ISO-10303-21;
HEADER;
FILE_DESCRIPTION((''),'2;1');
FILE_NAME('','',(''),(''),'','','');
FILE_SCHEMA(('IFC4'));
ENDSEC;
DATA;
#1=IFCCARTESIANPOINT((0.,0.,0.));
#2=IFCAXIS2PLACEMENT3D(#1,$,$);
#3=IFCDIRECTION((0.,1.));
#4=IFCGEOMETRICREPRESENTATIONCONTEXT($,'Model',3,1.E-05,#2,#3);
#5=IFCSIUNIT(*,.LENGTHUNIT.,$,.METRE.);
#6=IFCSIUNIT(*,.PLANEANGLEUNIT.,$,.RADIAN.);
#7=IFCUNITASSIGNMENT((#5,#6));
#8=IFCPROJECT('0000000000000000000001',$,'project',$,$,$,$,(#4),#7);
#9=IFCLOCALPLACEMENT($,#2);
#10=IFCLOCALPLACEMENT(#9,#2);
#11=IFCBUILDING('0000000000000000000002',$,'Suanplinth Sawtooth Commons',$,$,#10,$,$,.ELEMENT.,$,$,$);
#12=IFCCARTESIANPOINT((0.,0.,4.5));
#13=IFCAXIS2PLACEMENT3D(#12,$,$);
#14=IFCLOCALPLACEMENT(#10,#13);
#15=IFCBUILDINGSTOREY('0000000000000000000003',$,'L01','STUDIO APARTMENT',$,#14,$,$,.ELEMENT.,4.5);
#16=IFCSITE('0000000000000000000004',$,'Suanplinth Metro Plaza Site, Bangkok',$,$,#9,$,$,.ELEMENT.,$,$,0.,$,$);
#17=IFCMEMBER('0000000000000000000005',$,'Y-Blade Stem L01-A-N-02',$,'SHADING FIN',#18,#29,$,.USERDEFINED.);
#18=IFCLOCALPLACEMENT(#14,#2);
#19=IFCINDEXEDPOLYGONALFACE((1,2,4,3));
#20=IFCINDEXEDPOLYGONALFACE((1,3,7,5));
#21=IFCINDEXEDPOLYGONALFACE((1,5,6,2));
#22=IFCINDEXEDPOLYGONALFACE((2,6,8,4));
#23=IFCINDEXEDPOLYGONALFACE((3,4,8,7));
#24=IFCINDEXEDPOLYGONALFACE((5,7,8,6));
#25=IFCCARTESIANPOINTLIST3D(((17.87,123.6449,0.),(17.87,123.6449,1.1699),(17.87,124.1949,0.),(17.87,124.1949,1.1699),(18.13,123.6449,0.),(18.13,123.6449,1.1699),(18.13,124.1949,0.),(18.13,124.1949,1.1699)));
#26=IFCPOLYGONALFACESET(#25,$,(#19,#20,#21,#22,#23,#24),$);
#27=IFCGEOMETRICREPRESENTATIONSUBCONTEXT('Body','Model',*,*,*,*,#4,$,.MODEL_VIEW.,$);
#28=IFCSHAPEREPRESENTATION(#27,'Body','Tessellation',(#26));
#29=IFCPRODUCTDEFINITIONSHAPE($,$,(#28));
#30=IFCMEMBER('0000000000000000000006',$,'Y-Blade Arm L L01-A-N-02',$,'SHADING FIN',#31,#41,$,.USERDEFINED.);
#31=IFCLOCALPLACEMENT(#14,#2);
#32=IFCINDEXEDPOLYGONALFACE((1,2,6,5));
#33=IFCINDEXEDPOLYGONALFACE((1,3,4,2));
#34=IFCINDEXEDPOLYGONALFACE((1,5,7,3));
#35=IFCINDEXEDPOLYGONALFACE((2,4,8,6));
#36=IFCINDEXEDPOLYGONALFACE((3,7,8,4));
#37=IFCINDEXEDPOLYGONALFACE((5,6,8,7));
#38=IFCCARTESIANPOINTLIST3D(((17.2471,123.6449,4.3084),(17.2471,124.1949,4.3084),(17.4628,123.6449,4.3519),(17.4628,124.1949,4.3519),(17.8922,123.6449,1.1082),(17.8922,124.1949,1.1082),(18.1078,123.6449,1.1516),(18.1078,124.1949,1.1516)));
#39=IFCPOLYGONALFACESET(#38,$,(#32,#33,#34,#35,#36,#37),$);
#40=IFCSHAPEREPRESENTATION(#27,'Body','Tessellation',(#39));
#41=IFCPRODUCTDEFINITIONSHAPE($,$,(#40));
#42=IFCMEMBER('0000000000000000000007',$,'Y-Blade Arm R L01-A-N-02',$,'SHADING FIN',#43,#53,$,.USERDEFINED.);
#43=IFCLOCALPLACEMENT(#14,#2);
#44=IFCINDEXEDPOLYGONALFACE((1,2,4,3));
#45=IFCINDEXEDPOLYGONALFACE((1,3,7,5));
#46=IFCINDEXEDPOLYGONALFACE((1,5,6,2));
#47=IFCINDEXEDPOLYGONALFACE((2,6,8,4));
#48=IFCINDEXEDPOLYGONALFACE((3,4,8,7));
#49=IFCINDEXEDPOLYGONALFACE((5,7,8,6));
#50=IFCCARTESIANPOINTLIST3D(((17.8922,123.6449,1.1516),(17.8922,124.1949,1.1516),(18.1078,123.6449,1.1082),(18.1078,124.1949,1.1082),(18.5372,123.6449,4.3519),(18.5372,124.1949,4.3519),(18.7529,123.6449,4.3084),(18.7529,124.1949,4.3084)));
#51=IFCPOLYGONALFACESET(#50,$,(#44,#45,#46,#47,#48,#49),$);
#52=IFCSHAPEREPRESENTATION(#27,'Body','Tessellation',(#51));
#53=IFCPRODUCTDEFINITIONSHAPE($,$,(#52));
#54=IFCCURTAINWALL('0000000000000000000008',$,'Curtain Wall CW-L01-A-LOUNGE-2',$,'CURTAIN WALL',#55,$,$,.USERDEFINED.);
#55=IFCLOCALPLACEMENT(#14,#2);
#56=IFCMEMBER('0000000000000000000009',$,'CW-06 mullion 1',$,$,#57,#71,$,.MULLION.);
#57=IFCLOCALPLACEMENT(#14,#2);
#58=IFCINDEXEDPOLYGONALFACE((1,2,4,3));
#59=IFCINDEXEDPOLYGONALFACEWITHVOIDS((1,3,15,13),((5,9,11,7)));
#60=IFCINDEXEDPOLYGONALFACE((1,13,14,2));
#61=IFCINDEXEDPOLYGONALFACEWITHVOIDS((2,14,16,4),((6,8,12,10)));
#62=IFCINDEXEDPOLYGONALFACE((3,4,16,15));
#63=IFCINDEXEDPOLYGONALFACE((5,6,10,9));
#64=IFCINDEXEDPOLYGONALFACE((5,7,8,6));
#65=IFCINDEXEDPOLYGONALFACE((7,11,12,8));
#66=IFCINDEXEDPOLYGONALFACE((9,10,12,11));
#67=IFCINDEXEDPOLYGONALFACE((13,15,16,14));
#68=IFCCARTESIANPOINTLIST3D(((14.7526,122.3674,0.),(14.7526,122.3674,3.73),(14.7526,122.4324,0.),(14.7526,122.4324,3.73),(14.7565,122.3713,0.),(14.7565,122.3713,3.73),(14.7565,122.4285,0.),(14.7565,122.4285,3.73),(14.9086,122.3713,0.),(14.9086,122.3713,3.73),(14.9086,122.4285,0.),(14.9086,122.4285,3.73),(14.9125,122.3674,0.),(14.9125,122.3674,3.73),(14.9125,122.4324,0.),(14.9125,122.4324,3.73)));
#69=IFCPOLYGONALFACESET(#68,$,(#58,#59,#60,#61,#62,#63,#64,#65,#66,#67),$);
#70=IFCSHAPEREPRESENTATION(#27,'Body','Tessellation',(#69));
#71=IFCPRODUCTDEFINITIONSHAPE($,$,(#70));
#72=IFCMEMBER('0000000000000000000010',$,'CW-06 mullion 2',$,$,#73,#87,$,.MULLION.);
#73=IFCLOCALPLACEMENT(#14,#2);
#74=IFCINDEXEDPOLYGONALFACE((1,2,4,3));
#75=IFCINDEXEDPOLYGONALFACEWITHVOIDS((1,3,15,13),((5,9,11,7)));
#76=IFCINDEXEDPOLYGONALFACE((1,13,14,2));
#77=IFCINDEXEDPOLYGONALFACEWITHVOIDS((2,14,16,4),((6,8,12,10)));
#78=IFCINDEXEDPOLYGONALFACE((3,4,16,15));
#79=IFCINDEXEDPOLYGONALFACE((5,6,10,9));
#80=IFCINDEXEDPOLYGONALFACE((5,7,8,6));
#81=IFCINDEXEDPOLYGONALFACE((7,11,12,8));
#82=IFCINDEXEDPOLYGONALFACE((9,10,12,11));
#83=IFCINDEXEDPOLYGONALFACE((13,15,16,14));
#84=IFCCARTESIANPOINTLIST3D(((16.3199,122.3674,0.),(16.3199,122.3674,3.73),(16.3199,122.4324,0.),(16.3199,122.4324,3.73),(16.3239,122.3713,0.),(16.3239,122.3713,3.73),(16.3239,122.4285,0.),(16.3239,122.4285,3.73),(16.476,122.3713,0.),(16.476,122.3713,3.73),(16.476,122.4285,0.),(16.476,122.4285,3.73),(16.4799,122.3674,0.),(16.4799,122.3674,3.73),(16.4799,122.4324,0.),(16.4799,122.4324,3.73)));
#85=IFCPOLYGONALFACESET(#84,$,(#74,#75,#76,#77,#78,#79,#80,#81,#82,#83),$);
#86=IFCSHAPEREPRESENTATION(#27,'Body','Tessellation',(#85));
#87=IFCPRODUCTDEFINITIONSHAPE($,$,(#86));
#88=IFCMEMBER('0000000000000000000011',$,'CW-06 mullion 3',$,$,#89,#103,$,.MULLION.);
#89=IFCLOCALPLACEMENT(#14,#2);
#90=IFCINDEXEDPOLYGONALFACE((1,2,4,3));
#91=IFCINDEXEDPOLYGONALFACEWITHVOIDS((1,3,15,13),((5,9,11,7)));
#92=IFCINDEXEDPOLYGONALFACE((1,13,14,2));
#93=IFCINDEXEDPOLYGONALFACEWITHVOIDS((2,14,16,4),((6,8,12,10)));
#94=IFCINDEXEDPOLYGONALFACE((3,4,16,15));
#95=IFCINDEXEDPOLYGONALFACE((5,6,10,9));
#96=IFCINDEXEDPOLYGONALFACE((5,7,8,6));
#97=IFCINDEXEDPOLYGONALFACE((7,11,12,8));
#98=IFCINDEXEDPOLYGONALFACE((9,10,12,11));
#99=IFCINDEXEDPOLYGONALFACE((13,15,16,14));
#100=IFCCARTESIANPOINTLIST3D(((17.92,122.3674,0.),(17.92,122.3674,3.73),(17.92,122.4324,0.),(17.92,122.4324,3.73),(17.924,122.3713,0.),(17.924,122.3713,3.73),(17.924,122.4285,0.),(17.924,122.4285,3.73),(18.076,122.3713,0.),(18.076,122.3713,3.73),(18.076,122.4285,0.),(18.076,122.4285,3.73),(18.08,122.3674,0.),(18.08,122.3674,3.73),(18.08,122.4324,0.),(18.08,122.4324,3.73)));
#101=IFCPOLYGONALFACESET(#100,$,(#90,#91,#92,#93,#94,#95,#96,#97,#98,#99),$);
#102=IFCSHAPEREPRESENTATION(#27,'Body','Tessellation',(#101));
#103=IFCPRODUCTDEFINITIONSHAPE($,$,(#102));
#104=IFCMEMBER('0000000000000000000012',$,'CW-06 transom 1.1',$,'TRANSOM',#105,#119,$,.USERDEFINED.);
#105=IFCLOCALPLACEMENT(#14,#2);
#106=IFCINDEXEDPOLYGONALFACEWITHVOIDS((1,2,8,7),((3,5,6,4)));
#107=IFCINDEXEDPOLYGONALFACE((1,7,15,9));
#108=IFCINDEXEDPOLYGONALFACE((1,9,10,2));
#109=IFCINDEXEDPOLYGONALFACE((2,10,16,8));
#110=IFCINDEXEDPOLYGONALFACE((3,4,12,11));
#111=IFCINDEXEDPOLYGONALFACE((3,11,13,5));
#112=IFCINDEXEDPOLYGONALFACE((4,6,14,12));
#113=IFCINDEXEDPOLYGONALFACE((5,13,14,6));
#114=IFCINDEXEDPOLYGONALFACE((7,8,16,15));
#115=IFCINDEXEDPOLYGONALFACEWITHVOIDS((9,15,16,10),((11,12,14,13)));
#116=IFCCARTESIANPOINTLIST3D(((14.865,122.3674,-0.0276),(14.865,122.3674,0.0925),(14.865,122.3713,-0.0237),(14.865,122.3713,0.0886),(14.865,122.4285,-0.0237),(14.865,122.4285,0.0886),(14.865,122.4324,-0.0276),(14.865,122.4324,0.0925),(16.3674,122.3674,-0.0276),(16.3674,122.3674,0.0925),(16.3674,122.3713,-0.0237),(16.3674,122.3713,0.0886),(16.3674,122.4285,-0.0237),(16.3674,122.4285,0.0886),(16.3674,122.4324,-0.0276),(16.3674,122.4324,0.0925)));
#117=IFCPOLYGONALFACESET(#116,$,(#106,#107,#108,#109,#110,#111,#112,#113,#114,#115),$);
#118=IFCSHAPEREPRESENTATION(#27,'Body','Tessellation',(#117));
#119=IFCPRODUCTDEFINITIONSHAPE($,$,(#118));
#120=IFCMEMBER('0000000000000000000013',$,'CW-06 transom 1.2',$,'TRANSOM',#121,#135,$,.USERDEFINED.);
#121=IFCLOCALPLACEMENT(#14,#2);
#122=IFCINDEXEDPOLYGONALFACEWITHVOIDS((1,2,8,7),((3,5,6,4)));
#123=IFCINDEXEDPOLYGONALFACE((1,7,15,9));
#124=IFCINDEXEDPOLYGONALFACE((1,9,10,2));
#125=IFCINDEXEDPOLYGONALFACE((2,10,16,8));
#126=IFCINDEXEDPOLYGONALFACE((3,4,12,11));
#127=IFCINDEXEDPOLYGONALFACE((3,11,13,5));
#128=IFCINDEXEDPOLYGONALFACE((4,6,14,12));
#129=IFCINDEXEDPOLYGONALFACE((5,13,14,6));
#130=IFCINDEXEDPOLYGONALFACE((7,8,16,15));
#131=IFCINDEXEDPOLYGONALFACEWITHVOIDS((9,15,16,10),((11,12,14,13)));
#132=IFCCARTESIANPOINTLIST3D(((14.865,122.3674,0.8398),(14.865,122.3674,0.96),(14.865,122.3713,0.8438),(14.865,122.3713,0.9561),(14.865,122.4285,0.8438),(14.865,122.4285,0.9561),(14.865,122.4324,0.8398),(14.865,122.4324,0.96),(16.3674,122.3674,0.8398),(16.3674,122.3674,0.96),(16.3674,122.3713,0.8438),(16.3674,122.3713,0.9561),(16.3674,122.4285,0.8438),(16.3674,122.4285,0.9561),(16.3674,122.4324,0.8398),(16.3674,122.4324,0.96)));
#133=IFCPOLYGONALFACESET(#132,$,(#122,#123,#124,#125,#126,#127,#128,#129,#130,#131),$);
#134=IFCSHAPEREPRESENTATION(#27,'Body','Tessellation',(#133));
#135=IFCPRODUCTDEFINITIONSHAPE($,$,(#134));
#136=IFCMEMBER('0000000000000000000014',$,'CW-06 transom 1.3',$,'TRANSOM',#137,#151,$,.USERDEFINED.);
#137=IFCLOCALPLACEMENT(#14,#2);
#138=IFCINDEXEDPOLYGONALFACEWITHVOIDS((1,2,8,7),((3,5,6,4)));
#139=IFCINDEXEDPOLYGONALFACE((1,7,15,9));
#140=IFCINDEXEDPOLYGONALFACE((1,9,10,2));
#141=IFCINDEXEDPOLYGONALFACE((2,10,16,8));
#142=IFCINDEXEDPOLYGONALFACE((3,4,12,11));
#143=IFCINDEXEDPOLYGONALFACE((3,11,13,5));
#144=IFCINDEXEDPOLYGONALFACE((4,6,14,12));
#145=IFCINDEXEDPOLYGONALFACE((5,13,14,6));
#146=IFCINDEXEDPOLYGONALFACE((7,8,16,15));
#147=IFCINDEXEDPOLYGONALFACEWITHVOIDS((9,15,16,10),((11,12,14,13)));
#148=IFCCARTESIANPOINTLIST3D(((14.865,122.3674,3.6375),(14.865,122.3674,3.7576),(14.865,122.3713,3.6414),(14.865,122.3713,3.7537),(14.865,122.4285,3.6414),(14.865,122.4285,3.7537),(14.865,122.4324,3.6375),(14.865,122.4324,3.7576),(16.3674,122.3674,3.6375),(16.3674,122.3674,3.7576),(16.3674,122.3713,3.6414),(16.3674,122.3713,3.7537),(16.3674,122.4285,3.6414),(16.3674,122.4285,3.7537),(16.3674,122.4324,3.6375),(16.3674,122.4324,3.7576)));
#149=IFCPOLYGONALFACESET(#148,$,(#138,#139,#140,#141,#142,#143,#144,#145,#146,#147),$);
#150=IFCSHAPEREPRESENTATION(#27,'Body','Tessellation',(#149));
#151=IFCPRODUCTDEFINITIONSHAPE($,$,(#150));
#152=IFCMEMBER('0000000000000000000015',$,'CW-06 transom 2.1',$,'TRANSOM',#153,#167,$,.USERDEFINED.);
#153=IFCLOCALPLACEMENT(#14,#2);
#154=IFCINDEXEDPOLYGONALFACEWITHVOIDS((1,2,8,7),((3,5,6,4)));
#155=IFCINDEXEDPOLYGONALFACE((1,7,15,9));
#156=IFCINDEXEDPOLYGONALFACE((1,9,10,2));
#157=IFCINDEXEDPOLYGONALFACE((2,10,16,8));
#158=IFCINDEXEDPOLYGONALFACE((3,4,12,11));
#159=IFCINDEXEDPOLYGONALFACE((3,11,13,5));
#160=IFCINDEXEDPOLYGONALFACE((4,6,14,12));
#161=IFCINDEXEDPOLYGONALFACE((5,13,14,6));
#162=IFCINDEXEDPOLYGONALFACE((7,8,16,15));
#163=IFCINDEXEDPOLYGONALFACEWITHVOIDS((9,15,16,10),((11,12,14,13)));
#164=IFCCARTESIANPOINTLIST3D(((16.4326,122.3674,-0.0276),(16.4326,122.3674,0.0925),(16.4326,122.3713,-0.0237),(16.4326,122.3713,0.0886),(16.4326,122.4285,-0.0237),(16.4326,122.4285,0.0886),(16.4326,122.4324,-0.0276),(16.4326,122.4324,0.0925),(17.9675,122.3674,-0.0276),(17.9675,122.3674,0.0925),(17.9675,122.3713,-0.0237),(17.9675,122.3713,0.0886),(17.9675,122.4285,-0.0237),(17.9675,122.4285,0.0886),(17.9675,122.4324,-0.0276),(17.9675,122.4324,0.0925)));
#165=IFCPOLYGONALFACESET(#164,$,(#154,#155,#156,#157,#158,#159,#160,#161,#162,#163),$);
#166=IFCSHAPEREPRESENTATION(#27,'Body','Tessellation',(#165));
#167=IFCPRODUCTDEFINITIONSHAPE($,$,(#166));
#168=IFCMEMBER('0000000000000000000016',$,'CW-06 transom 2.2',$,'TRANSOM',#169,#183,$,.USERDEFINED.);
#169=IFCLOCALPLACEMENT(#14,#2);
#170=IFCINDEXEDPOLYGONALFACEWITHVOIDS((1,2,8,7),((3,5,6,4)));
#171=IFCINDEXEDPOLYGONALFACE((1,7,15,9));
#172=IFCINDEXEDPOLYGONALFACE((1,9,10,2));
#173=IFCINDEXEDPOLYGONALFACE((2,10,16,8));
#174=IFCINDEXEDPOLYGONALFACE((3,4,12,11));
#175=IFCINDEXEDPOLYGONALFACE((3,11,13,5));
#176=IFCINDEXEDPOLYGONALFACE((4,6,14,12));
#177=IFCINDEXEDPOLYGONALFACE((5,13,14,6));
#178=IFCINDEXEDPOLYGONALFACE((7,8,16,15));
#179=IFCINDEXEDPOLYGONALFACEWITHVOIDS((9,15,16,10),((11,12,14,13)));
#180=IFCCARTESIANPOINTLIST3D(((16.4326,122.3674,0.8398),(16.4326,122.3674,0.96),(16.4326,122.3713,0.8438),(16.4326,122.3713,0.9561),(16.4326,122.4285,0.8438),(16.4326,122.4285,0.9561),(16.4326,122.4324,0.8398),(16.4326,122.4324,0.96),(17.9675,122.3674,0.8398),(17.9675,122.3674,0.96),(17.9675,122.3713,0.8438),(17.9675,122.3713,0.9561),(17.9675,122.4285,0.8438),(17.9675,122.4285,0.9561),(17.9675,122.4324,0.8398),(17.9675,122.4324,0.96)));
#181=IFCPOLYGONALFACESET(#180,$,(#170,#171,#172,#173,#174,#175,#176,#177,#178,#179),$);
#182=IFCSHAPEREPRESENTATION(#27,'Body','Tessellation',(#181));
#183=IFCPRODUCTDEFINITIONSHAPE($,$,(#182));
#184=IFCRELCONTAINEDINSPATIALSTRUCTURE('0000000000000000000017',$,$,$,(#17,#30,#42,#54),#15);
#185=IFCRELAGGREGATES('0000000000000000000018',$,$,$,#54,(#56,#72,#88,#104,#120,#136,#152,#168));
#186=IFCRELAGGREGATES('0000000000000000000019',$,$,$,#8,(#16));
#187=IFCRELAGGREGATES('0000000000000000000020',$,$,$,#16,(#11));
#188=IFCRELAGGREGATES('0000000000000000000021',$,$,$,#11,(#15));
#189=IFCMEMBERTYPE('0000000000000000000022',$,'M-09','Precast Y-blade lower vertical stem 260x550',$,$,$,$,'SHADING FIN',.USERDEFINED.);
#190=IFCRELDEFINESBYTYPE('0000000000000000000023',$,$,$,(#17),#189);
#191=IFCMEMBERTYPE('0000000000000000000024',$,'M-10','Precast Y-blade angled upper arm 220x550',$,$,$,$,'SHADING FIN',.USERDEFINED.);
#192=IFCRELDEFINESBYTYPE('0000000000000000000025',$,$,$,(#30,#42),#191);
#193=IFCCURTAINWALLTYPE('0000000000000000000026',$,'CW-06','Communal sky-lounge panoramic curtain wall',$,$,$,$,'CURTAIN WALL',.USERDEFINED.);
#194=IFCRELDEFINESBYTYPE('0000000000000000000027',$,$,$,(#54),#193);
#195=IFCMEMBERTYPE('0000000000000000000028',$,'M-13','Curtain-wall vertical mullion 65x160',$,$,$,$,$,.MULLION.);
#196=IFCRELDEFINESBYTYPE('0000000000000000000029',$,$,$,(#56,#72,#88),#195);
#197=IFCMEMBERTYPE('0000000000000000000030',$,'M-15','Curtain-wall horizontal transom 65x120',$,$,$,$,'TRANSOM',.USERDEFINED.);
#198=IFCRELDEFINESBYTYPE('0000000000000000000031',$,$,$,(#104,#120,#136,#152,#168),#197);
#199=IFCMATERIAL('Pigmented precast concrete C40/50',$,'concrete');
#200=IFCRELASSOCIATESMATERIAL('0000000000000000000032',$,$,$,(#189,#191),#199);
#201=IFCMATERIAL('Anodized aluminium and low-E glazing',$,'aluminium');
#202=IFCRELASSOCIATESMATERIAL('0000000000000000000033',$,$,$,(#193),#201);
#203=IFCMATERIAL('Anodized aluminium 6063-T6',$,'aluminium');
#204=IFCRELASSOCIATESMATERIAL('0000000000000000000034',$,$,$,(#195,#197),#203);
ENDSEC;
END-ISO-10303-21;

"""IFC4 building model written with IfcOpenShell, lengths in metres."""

from ifc_helpers import new_model, si_unit, direction, frame, origin, origin_2d, place, context, subcontext, project, spatial, rectangle, hollow_rectangle, extrude, material, material_profile, profile_set, type_object, element, aggregate, save


model = new_model("IFC4")

# Units and contexts
model_context = context("Model", 3, precision=1e-05, world=origin(), true_north=direction((0.0, 1.0)))
body_context = subcontext(model_context, "Body", "Model", "MODEL_VIEW")
ifc_project = project(units=[si_unit("LENGTHUNIT", "METRE"), si_unit("PLANEANGLEUNIT", "RADIAN")], contexts=[model_context])

# Site, building, storey
site_placement = place(None, origin())
site = spatial("IfcSite", under=ifc_project, at=site_placement, Name="Suanplinth Metro Plaza Site, Bangkok", CompositionType="ELEMENT", RefElevation=0.0)
building_placement = place(site_placement, origin())
building = spatial("IfcBuilding", under=site, at=building_placement, Name="Suanplinth Sawtooth Commons", CompositionType="ELEMENT")
storey_placement = place(building_placement, frame((0.0, 0.0, 4.5)))
storey = spatial("IfcBuildingStorey", under=building, at=storey_placement, Name="L01", Description="STUDIO APARTMENT", CompositionType="ELEMENT", Elevation=4.5)

# Members
ifc_material_1 = material(Name="Pigmented precast concrete C40/50", Category="concrete")
ifc_material_profile_1 = material_profile(ifc_material_1, rectangle(XDim=0.26, YDim=0.55, at=origin_2d()), Name="PC-FIN 260x550")
ifc_profile_set_1 = profile_set([ifc_material_profile_1], Name="Pigmented precast concrete C40/50")
member_type_1 = type_object("IfcMemberType", Name="M-09", Description="Precast Y-blade lower vertical stem 260x550", ElementType="SHADING FIN", PredefinedType="USERDEFINED", material=ifc_profile_set_1)
member_1_placement = place(storey_placement, frame((18.0, 123.9199, 0.0), z_axis=(0.0, 0.0, 1.0), x_axis=(1.0, 0.0, 0.0)))
element("IfcMember", 1, at=member_1_placement, inside=storey, type_object=member_type_1, Name="Y-Blade Stem L01-A-N-02", ObjectType="SHADING FIN", PredefinedType="USERDEFINED", context=body_context, shape_type="SweptSolid", body=[
    extrude(rectangle(XDim=0.26, YDim=0.55, at=origin_2d()), origin(), (0.0, 0.0, 1.0), 1.1699),
])
ifc_material_profile_2 = material_profile(ifc_material_1, rectangle(XDim=0.22, YDim=0.55, at=origin_2d()), Name="PC-FIN 220x550")
ifc_profile_set_2 = profile_set([ifc_material_profile_2], Name="Pigmented precast concrete C40/50")
member_type_2 = type_object("IfcMemberType", Name="M-10", Description="Precast Y-blade angled upper arm 220x550", ElementType="SHADING FIN", PredefinedType="USERDEFINED", material=ifc_profile_set_2)
for number, where, z_axis, x_axis, name in (
    (2, (18.0, 123.9199, 1.1299), (-0.197583, 0.0, 0.980286), (0.980286, 0.0, 0.197583), "Y-Blade Arm L L01-A-N-02"),
    (3, (18.0, 123.9199, 1.1299), (0.197583, 0.0, 0.980286), (-0.980286, 0.0, 0.197583), "Y-Blade Arm R L01-A-N-02"),
):
    element("IfcMember", number, at=place(storey_placement, frame(where, z_axis=z_axis, x_axis=x_axis)), inside=storey, type_object=member_type_2, Name=name, ObjectType="SHADING FIN", PredefinedType="USERDEFINED", context=body_context, shape_type="SweptSolid", body=[
        extrude(rectangle(XDim=0.22, YDim=0.55, at=origin_2d()), origin(), (0.0, 0.0, 1.0), 3.2646),
    ])

# Curtain wall, members
ifc_material_2 = material(Name="Anodized aluminium and low-E glazing", Category="aluminium")
curtain_wall_type = type_object("IfcCurtainWallType", Name="CW-06", Description="Communal sky-lounge panoramic curtain wall", ElementType="CURTAIN WALL", PredefinedType="USERDEFINED", material=ifc_material_2)
curtain_wall_placement = place(storey_placement, origin())
curtain_wall = element("IfcCurtainWall", 4, at=curtain_wall_placement, inside=storey, type_object=curtain_wall_type, Name="Curtain Wall CW-L01-A-LOUNGE-2", ObjectType="CURTAIN WALL", PredefinedType="USERDEFINED")
ifc_material_3 = material(Name="Anodized aluminium 6063-T6", Category="aluminium")
ifc_material_profile_3 = material_profile(ifc_material_3, hollow_rectangle(XDim=0.0649, YDim=0.1599, WallThickness=0.0039, at=origin_2d()), Name="ALU-MUL 65x160")
ifc_profile_set_3 = profile_set([ifc_material_profile_3], Name="Anodized aluminium 6063-T6")
member_type_3 = type_object("IfcMemberType", Name="M-13", Description="Curtain-wall vertical mullion 65x160", PredefinedType="MULLION", material=ifc_profile_set_3)
member_2_placement = place(storey_placement, frame((14.8325, 122.3999, 0.0), z_axis=(0.0, 0.0, 1.0), x_axis=(0.0, 1.0, 0.0)))
member_2 = element("IfcMember", 5, at=member_2_placement, type_object=member_type_3, Name="CW-06 mullion 1", PredefinedType="MULLION", context=body_context, shape_type="SweptSolid", body=[
    extrude(hollow_rectangle(XDim=0.0649, YDim=0.1599, WallThickness=0.0039, at=origin_2d()), origin(), (0.0, 0.0, 1.0), 3.73),
])
member_3_placement = place(storey_placement, frame((16.3999, 122.3999, 0.0), z_axis=(0.0, 0.0, 1.0), x_axis=(0.0, 1.0, 0.0)))
member_3 = element("IfcMember", 6, at=member_3_placement, type_object=member_type_3, Name="CW-06 mullion 2", PredefinedType="MULLION", context=body_context, shape_type="SweptSolid", body=[
    extrude(hollow_rectangle(XDim=0.0649, YDim=0.1599, WallThickness=0.0039, at=origin_2d()), origin(), (0.0, 0.0, 1.0), 3.73),
])
member_4_placement = place(storey_placement, frame((18.0, 122.3999, 0.0), z_axis=(0.0, 0.0, 1.0), x_axis=(0.0, 1.0, 0.0)))
member_4 = element("IfcMember", 7, at=member_4_placement, type_object=member_type_3, Name="CW-06 mullion 3", PredefinedType="MULLION", context=body_context, shape_type="SweptSolid", body=[
    extrude(hollow_rectangle(XDim=0.0649, YDim=0.1599, WallThickness=0.0039, at=origin_2d()), origin(), (0.0, 0.0, 1.0), 3.73),
])
ifc_material_profile_4 = material_profile(ifc_material_3, hollow_rectangle(XDim=0.0649, YDim=0.1201, WallThickness=0.0039, at=origin_2d()), Name="ALU-TRN 65x120")
ifc_profile_set_4 = profile_set([ifc_material_profile_4], Name="Anodized aluminium 6063-T6")
member_type_4 = type_object("IfcMemberType", Name="M-15", Description="Curtain-wall horizontal transom 65x120", ElementType="TRANSOM", PredefinedType="USERDEFINED", material=ifc_profile_set_4)
member_5_placement = place(storey_placement, frame((14.865, 122.3999, 0.0325), z_axis=(1.0, 0.0, 0.0), x_axis=(0.0, 1.0, 0.0)))
member_5 = element("IfcMember", 8, at=member_5_placement, type_object=member_type_4, Name="CW-06 transom 1.1", ObjectType="TRANSOM", PredefinedType="USERDEFINED", context=body_context, shape_type="SweptSolid", body=[
    extrude(hollow_rectangle(XDim=0.0649, YDim=0.1201, WallThickness=0.0039, at=origin_2d()), origin(), (0.0, 0.0, 1.0), 1.5024),
])
member_6_placement = place(storey_placement, frame((14.865, 122.3999, 0.8999), z_axis=(1.0, 0.0, 0.0), x_axis=(0.0, 1.0, 0.0)))
member_6 = element("IfcMember", 9, at=member_6_placement, type_object=member_type_4, Name="CW-06 transom 1.2", ObjectType="TRANSOM", PredefinedType="USERDEFINED", context=body_context, shape_type="SweptSolid", body=[
    extrude(hollow_rectangle(XDim=0.0649, YDim=0.1201, WallThickness=0.0039, at=origin_2d()), origin(), (0.0, 0.0, 1.0), 1.5024),
])
member_7_placement = place(storey_placement, frame((14.865, 122.3999, 3.6975), z_axis=(1.0, 0.0, 0.0), x_axis=(0.0, 1.0, 0.0)))
member_7 = element("IfcMember", 10, at=member_7_placement, type_object=member_type_4, Name="CW-06 transom 1.3", ObjectType="TRANSOM", PredefinedType="USERDEFINED", context=body_context, shape_type="SweptSolid", body=[
    extrude(hollow_rectangle(XDim=0.0649, YDim=0.1201, WallThickness=0.0039, at=origin_2d()), origin(), (0.0, 0.0, 1.0), 1.5024),
])
member_8_placement = place(storey_placement, frame((16.4326, 122.3999, 0.0325), z_axis=(1.0, 0.0, 0.0), x_axis=(0.0, 1.0, 0.0)))
member_8 = element("IfcMember", 11, at=member_8_placement, type_object=member_type_4, Name="CW-06 transom 2.1", ObjectType="TRANSOM", PredefinedType="USERDEFINED", context=body_context, shape_type="SweptSolid", body=[
    extrude(hollow_rectangle(XDim=0.0649, YDim=0.1201, WallThickness=0.0039, at=origin_2d()), origin(), (0.0, 0.0, 1.0), 1.5349),
])
member_9_placement = place(storey_placement, frame((16.4326, 122.3999, 0.8999), z_axis=(1.0, 0.0, 0.0), x_axis=(0.0, 1.0, 0.0)))
member_9 = element("IfcMember", 12, at=member_9_placement, type_object=member_type_4, Name="CW-06 transom 2.2", ObjectType="TRANSOM", PredefinedType="USERDEFINED", context=body_context, shape_type="SweptSolid", body=[
    extrude(hollow_rectangle(XDim=0.0649, YDim=0.1201, WallThickness=0.0039, at=origin_2d()), origin(), (0.0, 0.0, 1.0), 1.5349),
])

aggregate(curtain_wall, [member_2, member_3, member_4, member_5, member_6, member_7, member_8, member_9])

save(model, "model.ifc")
